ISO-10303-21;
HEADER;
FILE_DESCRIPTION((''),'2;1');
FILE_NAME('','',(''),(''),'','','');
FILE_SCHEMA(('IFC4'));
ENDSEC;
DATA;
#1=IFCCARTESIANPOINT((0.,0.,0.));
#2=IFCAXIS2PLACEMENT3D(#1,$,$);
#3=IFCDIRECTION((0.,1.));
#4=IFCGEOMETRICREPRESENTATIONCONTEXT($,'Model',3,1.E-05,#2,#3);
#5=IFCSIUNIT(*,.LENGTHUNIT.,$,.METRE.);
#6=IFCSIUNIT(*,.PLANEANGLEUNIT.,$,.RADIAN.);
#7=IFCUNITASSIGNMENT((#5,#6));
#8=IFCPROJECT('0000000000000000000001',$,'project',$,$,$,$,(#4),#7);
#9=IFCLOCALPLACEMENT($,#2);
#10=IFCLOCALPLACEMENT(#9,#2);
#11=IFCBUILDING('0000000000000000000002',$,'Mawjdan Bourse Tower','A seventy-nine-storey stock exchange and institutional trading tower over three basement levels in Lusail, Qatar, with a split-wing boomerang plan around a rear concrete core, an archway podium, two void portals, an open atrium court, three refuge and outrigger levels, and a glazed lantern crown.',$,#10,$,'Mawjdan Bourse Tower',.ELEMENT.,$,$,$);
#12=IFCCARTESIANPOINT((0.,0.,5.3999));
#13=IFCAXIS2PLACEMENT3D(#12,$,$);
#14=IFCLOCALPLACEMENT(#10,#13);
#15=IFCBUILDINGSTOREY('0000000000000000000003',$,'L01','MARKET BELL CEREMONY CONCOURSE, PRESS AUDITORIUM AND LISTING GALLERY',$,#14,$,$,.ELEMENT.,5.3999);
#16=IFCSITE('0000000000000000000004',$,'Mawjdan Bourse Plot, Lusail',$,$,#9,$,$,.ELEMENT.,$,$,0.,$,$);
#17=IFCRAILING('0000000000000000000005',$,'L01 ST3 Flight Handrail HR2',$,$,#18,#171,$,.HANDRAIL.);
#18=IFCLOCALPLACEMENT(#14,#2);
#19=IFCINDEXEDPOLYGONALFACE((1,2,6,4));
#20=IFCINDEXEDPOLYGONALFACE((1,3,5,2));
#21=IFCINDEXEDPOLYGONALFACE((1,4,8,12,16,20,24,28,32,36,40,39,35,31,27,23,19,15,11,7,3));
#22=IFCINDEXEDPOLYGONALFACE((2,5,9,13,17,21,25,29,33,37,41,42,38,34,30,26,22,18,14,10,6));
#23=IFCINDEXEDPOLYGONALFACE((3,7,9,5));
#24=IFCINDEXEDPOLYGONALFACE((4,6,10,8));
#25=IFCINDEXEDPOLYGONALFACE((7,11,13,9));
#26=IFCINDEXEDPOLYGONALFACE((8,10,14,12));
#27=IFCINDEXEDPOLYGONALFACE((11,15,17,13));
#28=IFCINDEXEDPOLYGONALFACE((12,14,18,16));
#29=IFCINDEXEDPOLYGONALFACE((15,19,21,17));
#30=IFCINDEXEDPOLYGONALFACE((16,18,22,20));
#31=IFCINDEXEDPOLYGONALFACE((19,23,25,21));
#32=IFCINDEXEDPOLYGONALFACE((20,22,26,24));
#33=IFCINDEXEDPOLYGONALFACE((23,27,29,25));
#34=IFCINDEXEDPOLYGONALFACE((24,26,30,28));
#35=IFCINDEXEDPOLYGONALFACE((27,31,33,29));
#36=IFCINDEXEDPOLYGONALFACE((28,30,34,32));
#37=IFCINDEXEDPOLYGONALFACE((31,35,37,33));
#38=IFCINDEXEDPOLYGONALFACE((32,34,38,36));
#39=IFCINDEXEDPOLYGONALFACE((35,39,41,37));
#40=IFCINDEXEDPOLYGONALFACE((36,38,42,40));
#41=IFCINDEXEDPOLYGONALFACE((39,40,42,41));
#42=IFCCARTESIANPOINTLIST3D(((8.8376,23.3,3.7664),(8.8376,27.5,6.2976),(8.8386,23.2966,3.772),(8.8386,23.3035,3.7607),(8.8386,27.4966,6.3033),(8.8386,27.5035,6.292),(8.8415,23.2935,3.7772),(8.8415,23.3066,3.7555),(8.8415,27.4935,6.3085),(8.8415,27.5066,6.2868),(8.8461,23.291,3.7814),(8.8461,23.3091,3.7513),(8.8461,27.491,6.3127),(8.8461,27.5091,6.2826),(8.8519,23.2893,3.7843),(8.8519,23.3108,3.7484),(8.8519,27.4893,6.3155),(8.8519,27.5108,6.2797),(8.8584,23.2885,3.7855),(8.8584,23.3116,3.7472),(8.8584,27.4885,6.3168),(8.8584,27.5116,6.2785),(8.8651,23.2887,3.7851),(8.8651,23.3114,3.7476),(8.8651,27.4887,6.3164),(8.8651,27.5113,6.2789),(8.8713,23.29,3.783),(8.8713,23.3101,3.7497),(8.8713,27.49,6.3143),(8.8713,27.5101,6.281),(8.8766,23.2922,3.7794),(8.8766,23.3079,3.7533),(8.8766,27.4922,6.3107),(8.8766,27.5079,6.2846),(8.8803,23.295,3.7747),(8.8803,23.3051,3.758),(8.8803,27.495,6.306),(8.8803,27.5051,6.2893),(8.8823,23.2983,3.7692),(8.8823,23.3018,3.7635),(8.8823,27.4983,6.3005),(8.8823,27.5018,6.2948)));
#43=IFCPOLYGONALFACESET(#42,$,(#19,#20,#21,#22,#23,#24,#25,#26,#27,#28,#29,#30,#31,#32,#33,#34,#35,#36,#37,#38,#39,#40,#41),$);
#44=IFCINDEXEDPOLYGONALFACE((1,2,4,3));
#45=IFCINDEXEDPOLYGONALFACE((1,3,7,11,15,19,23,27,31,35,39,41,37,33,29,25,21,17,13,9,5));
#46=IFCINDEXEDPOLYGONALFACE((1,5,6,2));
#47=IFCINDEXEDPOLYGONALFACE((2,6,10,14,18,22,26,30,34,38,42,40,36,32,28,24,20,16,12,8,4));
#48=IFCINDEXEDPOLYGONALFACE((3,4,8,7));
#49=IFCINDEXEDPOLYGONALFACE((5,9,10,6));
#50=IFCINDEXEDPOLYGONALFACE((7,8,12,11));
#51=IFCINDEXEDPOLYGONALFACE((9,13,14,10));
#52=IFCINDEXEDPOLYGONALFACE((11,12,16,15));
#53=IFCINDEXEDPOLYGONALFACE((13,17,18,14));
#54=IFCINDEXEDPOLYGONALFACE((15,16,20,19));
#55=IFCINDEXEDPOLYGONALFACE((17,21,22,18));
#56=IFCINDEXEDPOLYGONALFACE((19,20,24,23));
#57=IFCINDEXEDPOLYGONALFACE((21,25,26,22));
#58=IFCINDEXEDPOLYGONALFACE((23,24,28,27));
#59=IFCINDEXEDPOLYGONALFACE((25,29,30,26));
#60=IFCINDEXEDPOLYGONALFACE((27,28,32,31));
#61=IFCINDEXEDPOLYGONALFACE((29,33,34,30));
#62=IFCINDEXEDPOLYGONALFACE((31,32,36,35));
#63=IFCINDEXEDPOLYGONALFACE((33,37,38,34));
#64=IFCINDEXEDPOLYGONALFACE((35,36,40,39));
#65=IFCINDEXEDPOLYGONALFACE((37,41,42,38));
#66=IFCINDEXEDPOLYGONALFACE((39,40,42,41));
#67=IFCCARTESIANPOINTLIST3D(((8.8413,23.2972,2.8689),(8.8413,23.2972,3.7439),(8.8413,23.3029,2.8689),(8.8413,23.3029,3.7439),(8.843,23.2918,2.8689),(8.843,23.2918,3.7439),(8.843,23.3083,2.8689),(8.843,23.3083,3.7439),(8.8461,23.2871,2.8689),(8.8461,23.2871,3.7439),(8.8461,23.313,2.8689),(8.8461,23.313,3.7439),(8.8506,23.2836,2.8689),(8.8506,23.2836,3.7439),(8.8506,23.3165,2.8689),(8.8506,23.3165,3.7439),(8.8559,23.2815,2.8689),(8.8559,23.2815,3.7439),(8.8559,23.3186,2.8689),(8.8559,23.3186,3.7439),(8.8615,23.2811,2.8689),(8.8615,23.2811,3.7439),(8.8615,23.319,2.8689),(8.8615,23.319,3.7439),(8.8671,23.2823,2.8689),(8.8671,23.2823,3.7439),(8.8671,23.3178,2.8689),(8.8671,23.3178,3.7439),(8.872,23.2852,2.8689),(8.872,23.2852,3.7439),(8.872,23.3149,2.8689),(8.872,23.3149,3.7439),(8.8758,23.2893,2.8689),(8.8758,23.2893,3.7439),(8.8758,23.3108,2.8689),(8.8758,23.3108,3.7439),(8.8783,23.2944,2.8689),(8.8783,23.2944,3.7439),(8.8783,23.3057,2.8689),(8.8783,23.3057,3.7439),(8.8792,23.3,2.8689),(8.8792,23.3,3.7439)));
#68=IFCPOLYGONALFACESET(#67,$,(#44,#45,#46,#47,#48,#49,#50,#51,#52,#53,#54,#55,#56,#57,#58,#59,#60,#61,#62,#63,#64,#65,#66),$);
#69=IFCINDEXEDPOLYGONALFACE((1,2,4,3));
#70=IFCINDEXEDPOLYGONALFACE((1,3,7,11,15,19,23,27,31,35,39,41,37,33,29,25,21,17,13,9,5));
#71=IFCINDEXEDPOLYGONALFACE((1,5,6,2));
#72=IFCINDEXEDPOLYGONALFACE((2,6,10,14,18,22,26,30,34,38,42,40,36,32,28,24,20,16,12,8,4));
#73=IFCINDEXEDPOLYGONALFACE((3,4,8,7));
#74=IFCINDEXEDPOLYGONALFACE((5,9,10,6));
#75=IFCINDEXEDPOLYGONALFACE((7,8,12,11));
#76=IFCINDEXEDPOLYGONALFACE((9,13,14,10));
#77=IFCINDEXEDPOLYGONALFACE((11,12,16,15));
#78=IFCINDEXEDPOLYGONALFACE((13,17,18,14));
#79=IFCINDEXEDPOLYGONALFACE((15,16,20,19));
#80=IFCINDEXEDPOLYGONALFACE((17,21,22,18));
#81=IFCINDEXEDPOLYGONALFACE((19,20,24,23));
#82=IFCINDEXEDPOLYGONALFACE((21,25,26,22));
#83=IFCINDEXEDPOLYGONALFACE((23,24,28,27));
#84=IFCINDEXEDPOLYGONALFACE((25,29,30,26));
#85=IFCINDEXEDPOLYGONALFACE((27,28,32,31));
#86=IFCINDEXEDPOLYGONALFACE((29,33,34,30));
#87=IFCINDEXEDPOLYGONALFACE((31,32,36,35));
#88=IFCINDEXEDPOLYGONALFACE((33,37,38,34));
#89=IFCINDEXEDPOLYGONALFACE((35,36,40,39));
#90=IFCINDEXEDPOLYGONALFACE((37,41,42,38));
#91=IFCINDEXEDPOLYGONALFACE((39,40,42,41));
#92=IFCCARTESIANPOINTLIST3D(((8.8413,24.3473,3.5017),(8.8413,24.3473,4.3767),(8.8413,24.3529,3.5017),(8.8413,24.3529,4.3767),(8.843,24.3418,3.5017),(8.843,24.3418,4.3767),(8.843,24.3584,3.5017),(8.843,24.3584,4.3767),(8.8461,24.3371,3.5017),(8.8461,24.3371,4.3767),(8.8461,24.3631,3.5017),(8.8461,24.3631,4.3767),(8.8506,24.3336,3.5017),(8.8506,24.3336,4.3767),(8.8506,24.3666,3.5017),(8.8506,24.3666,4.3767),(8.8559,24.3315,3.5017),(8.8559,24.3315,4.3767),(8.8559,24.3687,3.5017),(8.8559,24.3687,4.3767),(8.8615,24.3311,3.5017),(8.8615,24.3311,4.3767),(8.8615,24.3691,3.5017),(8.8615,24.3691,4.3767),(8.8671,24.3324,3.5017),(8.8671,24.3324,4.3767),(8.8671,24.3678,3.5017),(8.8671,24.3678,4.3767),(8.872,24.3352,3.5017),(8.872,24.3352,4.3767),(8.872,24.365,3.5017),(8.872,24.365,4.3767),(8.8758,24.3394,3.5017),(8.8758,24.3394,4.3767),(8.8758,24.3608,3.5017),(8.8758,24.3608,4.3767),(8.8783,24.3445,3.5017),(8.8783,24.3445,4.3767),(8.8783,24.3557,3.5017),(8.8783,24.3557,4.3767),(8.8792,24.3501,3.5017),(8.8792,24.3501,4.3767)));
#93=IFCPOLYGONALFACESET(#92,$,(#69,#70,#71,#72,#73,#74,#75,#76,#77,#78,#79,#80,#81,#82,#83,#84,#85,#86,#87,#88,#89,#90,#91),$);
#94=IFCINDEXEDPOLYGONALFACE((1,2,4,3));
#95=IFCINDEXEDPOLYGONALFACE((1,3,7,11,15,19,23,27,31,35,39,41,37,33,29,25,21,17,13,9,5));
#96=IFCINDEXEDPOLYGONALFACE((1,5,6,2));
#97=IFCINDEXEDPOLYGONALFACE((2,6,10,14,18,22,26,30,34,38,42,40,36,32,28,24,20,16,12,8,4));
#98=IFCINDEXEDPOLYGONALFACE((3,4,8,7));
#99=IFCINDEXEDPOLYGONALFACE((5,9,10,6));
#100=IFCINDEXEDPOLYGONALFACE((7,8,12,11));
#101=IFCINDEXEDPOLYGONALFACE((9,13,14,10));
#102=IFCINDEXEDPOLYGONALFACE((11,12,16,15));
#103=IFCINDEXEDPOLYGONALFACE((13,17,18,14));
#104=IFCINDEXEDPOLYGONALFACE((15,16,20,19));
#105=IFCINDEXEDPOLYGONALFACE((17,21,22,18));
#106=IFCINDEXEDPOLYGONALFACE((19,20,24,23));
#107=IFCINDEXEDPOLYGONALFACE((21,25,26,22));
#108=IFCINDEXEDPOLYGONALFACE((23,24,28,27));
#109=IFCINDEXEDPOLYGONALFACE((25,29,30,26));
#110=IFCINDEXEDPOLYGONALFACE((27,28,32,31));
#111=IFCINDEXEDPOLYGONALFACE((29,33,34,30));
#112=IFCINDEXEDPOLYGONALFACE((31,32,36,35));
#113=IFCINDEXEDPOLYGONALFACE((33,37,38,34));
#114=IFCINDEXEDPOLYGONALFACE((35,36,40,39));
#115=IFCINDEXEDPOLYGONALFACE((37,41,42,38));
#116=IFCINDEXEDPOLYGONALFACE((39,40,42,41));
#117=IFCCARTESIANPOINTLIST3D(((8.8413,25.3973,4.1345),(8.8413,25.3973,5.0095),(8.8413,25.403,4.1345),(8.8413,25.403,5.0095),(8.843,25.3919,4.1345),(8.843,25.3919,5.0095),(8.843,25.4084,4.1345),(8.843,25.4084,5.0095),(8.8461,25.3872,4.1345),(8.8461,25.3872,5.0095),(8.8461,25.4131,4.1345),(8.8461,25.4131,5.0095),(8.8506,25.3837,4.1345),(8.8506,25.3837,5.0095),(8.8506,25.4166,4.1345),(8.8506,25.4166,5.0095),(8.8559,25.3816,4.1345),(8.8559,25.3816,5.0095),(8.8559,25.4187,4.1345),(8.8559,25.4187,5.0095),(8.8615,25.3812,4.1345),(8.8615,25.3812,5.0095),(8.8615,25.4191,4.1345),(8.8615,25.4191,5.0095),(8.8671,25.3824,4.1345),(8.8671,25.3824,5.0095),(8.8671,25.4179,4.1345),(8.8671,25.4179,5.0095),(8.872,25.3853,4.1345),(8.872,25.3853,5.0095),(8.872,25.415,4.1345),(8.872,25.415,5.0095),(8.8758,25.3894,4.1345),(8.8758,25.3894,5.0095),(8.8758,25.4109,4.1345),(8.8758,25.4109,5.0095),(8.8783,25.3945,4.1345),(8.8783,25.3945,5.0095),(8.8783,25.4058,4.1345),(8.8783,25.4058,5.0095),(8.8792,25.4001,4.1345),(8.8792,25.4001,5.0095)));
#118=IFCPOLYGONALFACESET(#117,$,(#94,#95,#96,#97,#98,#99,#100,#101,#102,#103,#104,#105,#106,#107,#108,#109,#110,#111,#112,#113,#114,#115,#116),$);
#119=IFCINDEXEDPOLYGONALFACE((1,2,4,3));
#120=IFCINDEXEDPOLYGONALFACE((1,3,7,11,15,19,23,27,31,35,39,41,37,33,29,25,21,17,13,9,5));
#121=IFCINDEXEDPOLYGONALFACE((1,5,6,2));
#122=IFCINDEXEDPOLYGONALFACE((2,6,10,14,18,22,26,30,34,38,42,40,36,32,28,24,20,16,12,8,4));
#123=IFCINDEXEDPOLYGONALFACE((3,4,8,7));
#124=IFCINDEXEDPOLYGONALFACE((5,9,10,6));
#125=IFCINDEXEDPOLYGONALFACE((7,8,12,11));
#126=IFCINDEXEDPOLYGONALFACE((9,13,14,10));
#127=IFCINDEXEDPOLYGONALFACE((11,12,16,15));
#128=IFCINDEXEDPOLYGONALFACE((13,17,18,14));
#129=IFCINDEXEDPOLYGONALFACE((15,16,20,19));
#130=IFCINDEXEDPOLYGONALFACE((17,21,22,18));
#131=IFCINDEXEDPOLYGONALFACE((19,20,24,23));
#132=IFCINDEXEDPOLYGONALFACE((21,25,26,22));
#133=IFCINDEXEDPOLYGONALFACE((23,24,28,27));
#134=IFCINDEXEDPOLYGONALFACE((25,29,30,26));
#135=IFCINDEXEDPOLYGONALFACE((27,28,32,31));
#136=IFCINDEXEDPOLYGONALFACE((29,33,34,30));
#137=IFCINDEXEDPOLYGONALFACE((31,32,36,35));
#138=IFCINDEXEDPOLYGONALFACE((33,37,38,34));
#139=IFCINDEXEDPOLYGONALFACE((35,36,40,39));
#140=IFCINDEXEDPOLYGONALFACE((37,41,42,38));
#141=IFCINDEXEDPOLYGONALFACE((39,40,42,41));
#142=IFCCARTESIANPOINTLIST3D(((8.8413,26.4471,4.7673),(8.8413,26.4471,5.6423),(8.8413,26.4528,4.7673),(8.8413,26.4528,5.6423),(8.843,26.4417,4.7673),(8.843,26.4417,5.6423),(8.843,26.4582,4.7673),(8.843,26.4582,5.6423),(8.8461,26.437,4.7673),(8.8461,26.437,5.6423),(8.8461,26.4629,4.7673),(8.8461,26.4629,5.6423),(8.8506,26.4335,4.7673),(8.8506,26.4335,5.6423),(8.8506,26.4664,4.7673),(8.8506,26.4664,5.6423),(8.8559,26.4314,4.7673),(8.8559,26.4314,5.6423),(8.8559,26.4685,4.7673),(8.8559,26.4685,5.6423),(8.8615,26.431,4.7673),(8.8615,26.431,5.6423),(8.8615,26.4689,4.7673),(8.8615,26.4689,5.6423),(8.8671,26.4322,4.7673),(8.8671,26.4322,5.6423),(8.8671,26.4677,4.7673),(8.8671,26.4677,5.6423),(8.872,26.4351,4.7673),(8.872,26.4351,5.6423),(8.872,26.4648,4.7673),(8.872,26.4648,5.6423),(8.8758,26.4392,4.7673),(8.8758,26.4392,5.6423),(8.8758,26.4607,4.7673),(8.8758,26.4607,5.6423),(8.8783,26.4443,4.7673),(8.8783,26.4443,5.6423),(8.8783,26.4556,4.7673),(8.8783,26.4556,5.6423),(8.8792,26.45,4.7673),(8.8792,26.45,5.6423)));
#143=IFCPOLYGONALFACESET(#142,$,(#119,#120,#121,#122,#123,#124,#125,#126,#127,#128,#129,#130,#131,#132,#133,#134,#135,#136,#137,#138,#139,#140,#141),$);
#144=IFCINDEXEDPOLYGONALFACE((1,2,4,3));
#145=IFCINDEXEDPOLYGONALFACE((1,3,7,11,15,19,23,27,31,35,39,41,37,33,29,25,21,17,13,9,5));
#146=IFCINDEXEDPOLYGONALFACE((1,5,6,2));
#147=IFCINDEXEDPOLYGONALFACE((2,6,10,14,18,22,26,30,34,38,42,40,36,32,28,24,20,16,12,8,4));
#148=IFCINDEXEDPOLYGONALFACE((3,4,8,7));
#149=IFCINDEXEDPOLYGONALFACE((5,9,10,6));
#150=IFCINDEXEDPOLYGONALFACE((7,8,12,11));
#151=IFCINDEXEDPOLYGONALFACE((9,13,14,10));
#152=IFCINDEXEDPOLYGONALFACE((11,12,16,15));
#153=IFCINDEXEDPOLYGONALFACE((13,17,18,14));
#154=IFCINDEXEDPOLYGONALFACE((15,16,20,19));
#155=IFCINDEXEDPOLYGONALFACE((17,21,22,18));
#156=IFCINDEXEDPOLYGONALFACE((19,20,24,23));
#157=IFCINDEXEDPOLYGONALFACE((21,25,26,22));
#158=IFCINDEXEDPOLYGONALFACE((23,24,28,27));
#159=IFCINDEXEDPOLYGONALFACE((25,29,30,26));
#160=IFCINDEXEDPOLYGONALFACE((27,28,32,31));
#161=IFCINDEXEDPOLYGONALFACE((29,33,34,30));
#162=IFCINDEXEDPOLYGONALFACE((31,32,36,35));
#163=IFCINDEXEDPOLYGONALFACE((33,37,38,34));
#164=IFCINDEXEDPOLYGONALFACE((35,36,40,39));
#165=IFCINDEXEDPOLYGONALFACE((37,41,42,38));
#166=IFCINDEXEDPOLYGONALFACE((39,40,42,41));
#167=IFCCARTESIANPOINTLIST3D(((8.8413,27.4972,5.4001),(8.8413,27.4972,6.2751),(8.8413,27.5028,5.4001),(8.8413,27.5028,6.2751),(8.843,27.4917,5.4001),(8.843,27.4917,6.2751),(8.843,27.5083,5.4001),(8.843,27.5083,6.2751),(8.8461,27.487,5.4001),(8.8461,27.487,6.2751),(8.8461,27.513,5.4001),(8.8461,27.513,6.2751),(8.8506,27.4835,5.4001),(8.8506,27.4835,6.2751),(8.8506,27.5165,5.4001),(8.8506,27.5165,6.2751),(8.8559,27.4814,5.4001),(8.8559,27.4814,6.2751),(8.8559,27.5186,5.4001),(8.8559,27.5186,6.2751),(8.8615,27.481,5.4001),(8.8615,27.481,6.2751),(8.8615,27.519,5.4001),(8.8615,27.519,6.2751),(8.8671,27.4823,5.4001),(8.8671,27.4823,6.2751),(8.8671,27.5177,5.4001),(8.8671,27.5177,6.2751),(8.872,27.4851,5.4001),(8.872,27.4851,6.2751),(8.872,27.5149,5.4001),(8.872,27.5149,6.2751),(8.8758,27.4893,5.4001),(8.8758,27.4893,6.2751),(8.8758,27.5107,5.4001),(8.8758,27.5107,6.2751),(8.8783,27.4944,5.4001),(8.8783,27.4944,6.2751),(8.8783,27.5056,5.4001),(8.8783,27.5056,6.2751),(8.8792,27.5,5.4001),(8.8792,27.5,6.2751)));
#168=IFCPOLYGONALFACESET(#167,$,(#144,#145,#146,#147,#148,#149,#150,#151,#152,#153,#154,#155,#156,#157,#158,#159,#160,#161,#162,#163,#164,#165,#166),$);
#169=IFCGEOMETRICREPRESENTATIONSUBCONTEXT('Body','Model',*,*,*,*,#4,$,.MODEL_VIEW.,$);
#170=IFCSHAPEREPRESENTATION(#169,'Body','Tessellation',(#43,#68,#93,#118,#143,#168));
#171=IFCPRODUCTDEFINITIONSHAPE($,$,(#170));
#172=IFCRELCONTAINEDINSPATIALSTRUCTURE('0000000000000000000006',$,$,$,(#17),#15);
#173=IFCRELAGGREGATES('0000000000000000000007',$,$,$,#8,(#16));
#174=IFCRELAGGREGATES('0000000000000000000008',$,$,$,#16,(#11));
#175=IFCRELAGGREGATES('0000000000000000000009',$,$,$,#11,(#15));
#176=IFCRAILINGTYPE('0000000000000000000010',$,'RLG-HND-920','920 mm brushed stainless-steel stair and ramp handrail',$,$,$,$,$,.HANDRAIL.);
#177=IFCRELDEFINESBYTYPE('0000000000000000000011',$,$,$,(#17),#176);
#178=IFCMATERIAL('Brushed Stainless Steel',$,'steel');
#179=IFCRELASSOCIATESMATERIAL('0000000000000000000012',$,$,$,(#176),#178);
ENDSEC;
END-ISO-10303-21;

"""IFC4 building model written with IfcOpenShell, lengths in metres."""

from ifc_helpers import new_model, si_unit, direction, frame, origin, origin_2d, place, context, subcontext, project, spatial, circle, extrude, material, type_object, element, save


model = new_model("IFC4")

# Units and contexts
model_context = context("Model", 3, precision=1e-05, world=origin(), true_north=direction((0.0, 1.0)))
body_context = subcontext(model_context, "Body", "Model", "MODEL_VIEW")
ifc_project = project(units=[si_unit("LENGTHUNIT", "METRE"), si_unit("PLANEANGLEUNIT", "RADIAN")], contexts=[model_context])

# Site, building, storey
site_placement = place(None, origin())
site = spatial("IfcSite", under=ifc_project, at=site_placement, Name="Mawjdan Bourse Plot, Lusail", CompositionType="ELEMENT", RefElevation=0.0)
building_placement = place(site_placement, origin())
building = spatial("IfcBuilding", under=site, at=building_placement, Name="Mawjdan Bourse Tower", Description="A seventy-nine-storey stock exchange and institutional trading tower over three basement levels in Lusail, Qatar, with a split-wing boomerang plan around a rear concrete core, an archway podium, two void portals, an open atrium court, three refuge and outrigger levels, and a glazed lantern crown.", LongName="Mawjdan Bourse Tower", CompositionType="ELEMENT")
storey_placement = place(building_placement, frame((0.0, 0.0, 5.3999)))
storey = spatial("IfcBuildingStorey", under=building, at=storey_placement, Name="L01", Description="MARKET BELL CEREMONY CONCOURSE, PRESS AUDITORIUM AND LISTING GALLERY", CompositionType="ELEMENT", Elevation=5.3999)

# Railing
ifc_material_1 = material(Name="Brushed Stainless Steel", Category="steel")
railing_type_1 = type_object("IfcRailingType", Name="RLG-HND-920", Description="920 mm brushed stainless-steel stair and ramp handrail", PredefinedType="HANDRAIL", material=ifc_material_1)
railing_placement = place(storey_placement, frame((8.8601, 23.3, 2.8689)))
element("IfcRailing", 1, at=railing_placement, inside=storey, type_object=railing_type_1, Name="L01 ST3 Flight Handrail HR2", PredefinedType="HANDRAIL", context=body_context, shape_type="SweptSolid", body=[
    extrude(circle(Radius=0.0225, at=origin_2d()), frame((0.0, 0.0, 0.8975), z_axis=(0.0, 0.856476, 0.516186), x_axis=(-1.0, 0.0, 0.0)), (0.0, 0.0, 1.0), 4.9038),
    extrude(circle(Radius=0.019, at=origin_2d()), origin(), (0.0, 0.0, 1.0), 0.875),
    extrude(circle(Radius=0.019, at=origin_2d()), frame((0.0, 1.05, 0.6328)), (0.0, 0.0, 1.0), 0.875),
    extrude(circle(Radius=0.019, at=origin_2d()), frame((0.0, 2.1001, 1.2656)), (0.0, 0.0, 1.0), 0.875),
    extrude(circle(Radius=0.019, at=origin_2d()), frame((0.0, 3.1499, 1.8984)), (0.0, 0.0, 1.0), 0.875),
    extrude(circle(Radius=0.019, at=origin_2d()), frame((0.0, 4.2, 2.5312)), (0.0, 0.0, 1.0), 0.875),
])

save(model, "model.ifc")
